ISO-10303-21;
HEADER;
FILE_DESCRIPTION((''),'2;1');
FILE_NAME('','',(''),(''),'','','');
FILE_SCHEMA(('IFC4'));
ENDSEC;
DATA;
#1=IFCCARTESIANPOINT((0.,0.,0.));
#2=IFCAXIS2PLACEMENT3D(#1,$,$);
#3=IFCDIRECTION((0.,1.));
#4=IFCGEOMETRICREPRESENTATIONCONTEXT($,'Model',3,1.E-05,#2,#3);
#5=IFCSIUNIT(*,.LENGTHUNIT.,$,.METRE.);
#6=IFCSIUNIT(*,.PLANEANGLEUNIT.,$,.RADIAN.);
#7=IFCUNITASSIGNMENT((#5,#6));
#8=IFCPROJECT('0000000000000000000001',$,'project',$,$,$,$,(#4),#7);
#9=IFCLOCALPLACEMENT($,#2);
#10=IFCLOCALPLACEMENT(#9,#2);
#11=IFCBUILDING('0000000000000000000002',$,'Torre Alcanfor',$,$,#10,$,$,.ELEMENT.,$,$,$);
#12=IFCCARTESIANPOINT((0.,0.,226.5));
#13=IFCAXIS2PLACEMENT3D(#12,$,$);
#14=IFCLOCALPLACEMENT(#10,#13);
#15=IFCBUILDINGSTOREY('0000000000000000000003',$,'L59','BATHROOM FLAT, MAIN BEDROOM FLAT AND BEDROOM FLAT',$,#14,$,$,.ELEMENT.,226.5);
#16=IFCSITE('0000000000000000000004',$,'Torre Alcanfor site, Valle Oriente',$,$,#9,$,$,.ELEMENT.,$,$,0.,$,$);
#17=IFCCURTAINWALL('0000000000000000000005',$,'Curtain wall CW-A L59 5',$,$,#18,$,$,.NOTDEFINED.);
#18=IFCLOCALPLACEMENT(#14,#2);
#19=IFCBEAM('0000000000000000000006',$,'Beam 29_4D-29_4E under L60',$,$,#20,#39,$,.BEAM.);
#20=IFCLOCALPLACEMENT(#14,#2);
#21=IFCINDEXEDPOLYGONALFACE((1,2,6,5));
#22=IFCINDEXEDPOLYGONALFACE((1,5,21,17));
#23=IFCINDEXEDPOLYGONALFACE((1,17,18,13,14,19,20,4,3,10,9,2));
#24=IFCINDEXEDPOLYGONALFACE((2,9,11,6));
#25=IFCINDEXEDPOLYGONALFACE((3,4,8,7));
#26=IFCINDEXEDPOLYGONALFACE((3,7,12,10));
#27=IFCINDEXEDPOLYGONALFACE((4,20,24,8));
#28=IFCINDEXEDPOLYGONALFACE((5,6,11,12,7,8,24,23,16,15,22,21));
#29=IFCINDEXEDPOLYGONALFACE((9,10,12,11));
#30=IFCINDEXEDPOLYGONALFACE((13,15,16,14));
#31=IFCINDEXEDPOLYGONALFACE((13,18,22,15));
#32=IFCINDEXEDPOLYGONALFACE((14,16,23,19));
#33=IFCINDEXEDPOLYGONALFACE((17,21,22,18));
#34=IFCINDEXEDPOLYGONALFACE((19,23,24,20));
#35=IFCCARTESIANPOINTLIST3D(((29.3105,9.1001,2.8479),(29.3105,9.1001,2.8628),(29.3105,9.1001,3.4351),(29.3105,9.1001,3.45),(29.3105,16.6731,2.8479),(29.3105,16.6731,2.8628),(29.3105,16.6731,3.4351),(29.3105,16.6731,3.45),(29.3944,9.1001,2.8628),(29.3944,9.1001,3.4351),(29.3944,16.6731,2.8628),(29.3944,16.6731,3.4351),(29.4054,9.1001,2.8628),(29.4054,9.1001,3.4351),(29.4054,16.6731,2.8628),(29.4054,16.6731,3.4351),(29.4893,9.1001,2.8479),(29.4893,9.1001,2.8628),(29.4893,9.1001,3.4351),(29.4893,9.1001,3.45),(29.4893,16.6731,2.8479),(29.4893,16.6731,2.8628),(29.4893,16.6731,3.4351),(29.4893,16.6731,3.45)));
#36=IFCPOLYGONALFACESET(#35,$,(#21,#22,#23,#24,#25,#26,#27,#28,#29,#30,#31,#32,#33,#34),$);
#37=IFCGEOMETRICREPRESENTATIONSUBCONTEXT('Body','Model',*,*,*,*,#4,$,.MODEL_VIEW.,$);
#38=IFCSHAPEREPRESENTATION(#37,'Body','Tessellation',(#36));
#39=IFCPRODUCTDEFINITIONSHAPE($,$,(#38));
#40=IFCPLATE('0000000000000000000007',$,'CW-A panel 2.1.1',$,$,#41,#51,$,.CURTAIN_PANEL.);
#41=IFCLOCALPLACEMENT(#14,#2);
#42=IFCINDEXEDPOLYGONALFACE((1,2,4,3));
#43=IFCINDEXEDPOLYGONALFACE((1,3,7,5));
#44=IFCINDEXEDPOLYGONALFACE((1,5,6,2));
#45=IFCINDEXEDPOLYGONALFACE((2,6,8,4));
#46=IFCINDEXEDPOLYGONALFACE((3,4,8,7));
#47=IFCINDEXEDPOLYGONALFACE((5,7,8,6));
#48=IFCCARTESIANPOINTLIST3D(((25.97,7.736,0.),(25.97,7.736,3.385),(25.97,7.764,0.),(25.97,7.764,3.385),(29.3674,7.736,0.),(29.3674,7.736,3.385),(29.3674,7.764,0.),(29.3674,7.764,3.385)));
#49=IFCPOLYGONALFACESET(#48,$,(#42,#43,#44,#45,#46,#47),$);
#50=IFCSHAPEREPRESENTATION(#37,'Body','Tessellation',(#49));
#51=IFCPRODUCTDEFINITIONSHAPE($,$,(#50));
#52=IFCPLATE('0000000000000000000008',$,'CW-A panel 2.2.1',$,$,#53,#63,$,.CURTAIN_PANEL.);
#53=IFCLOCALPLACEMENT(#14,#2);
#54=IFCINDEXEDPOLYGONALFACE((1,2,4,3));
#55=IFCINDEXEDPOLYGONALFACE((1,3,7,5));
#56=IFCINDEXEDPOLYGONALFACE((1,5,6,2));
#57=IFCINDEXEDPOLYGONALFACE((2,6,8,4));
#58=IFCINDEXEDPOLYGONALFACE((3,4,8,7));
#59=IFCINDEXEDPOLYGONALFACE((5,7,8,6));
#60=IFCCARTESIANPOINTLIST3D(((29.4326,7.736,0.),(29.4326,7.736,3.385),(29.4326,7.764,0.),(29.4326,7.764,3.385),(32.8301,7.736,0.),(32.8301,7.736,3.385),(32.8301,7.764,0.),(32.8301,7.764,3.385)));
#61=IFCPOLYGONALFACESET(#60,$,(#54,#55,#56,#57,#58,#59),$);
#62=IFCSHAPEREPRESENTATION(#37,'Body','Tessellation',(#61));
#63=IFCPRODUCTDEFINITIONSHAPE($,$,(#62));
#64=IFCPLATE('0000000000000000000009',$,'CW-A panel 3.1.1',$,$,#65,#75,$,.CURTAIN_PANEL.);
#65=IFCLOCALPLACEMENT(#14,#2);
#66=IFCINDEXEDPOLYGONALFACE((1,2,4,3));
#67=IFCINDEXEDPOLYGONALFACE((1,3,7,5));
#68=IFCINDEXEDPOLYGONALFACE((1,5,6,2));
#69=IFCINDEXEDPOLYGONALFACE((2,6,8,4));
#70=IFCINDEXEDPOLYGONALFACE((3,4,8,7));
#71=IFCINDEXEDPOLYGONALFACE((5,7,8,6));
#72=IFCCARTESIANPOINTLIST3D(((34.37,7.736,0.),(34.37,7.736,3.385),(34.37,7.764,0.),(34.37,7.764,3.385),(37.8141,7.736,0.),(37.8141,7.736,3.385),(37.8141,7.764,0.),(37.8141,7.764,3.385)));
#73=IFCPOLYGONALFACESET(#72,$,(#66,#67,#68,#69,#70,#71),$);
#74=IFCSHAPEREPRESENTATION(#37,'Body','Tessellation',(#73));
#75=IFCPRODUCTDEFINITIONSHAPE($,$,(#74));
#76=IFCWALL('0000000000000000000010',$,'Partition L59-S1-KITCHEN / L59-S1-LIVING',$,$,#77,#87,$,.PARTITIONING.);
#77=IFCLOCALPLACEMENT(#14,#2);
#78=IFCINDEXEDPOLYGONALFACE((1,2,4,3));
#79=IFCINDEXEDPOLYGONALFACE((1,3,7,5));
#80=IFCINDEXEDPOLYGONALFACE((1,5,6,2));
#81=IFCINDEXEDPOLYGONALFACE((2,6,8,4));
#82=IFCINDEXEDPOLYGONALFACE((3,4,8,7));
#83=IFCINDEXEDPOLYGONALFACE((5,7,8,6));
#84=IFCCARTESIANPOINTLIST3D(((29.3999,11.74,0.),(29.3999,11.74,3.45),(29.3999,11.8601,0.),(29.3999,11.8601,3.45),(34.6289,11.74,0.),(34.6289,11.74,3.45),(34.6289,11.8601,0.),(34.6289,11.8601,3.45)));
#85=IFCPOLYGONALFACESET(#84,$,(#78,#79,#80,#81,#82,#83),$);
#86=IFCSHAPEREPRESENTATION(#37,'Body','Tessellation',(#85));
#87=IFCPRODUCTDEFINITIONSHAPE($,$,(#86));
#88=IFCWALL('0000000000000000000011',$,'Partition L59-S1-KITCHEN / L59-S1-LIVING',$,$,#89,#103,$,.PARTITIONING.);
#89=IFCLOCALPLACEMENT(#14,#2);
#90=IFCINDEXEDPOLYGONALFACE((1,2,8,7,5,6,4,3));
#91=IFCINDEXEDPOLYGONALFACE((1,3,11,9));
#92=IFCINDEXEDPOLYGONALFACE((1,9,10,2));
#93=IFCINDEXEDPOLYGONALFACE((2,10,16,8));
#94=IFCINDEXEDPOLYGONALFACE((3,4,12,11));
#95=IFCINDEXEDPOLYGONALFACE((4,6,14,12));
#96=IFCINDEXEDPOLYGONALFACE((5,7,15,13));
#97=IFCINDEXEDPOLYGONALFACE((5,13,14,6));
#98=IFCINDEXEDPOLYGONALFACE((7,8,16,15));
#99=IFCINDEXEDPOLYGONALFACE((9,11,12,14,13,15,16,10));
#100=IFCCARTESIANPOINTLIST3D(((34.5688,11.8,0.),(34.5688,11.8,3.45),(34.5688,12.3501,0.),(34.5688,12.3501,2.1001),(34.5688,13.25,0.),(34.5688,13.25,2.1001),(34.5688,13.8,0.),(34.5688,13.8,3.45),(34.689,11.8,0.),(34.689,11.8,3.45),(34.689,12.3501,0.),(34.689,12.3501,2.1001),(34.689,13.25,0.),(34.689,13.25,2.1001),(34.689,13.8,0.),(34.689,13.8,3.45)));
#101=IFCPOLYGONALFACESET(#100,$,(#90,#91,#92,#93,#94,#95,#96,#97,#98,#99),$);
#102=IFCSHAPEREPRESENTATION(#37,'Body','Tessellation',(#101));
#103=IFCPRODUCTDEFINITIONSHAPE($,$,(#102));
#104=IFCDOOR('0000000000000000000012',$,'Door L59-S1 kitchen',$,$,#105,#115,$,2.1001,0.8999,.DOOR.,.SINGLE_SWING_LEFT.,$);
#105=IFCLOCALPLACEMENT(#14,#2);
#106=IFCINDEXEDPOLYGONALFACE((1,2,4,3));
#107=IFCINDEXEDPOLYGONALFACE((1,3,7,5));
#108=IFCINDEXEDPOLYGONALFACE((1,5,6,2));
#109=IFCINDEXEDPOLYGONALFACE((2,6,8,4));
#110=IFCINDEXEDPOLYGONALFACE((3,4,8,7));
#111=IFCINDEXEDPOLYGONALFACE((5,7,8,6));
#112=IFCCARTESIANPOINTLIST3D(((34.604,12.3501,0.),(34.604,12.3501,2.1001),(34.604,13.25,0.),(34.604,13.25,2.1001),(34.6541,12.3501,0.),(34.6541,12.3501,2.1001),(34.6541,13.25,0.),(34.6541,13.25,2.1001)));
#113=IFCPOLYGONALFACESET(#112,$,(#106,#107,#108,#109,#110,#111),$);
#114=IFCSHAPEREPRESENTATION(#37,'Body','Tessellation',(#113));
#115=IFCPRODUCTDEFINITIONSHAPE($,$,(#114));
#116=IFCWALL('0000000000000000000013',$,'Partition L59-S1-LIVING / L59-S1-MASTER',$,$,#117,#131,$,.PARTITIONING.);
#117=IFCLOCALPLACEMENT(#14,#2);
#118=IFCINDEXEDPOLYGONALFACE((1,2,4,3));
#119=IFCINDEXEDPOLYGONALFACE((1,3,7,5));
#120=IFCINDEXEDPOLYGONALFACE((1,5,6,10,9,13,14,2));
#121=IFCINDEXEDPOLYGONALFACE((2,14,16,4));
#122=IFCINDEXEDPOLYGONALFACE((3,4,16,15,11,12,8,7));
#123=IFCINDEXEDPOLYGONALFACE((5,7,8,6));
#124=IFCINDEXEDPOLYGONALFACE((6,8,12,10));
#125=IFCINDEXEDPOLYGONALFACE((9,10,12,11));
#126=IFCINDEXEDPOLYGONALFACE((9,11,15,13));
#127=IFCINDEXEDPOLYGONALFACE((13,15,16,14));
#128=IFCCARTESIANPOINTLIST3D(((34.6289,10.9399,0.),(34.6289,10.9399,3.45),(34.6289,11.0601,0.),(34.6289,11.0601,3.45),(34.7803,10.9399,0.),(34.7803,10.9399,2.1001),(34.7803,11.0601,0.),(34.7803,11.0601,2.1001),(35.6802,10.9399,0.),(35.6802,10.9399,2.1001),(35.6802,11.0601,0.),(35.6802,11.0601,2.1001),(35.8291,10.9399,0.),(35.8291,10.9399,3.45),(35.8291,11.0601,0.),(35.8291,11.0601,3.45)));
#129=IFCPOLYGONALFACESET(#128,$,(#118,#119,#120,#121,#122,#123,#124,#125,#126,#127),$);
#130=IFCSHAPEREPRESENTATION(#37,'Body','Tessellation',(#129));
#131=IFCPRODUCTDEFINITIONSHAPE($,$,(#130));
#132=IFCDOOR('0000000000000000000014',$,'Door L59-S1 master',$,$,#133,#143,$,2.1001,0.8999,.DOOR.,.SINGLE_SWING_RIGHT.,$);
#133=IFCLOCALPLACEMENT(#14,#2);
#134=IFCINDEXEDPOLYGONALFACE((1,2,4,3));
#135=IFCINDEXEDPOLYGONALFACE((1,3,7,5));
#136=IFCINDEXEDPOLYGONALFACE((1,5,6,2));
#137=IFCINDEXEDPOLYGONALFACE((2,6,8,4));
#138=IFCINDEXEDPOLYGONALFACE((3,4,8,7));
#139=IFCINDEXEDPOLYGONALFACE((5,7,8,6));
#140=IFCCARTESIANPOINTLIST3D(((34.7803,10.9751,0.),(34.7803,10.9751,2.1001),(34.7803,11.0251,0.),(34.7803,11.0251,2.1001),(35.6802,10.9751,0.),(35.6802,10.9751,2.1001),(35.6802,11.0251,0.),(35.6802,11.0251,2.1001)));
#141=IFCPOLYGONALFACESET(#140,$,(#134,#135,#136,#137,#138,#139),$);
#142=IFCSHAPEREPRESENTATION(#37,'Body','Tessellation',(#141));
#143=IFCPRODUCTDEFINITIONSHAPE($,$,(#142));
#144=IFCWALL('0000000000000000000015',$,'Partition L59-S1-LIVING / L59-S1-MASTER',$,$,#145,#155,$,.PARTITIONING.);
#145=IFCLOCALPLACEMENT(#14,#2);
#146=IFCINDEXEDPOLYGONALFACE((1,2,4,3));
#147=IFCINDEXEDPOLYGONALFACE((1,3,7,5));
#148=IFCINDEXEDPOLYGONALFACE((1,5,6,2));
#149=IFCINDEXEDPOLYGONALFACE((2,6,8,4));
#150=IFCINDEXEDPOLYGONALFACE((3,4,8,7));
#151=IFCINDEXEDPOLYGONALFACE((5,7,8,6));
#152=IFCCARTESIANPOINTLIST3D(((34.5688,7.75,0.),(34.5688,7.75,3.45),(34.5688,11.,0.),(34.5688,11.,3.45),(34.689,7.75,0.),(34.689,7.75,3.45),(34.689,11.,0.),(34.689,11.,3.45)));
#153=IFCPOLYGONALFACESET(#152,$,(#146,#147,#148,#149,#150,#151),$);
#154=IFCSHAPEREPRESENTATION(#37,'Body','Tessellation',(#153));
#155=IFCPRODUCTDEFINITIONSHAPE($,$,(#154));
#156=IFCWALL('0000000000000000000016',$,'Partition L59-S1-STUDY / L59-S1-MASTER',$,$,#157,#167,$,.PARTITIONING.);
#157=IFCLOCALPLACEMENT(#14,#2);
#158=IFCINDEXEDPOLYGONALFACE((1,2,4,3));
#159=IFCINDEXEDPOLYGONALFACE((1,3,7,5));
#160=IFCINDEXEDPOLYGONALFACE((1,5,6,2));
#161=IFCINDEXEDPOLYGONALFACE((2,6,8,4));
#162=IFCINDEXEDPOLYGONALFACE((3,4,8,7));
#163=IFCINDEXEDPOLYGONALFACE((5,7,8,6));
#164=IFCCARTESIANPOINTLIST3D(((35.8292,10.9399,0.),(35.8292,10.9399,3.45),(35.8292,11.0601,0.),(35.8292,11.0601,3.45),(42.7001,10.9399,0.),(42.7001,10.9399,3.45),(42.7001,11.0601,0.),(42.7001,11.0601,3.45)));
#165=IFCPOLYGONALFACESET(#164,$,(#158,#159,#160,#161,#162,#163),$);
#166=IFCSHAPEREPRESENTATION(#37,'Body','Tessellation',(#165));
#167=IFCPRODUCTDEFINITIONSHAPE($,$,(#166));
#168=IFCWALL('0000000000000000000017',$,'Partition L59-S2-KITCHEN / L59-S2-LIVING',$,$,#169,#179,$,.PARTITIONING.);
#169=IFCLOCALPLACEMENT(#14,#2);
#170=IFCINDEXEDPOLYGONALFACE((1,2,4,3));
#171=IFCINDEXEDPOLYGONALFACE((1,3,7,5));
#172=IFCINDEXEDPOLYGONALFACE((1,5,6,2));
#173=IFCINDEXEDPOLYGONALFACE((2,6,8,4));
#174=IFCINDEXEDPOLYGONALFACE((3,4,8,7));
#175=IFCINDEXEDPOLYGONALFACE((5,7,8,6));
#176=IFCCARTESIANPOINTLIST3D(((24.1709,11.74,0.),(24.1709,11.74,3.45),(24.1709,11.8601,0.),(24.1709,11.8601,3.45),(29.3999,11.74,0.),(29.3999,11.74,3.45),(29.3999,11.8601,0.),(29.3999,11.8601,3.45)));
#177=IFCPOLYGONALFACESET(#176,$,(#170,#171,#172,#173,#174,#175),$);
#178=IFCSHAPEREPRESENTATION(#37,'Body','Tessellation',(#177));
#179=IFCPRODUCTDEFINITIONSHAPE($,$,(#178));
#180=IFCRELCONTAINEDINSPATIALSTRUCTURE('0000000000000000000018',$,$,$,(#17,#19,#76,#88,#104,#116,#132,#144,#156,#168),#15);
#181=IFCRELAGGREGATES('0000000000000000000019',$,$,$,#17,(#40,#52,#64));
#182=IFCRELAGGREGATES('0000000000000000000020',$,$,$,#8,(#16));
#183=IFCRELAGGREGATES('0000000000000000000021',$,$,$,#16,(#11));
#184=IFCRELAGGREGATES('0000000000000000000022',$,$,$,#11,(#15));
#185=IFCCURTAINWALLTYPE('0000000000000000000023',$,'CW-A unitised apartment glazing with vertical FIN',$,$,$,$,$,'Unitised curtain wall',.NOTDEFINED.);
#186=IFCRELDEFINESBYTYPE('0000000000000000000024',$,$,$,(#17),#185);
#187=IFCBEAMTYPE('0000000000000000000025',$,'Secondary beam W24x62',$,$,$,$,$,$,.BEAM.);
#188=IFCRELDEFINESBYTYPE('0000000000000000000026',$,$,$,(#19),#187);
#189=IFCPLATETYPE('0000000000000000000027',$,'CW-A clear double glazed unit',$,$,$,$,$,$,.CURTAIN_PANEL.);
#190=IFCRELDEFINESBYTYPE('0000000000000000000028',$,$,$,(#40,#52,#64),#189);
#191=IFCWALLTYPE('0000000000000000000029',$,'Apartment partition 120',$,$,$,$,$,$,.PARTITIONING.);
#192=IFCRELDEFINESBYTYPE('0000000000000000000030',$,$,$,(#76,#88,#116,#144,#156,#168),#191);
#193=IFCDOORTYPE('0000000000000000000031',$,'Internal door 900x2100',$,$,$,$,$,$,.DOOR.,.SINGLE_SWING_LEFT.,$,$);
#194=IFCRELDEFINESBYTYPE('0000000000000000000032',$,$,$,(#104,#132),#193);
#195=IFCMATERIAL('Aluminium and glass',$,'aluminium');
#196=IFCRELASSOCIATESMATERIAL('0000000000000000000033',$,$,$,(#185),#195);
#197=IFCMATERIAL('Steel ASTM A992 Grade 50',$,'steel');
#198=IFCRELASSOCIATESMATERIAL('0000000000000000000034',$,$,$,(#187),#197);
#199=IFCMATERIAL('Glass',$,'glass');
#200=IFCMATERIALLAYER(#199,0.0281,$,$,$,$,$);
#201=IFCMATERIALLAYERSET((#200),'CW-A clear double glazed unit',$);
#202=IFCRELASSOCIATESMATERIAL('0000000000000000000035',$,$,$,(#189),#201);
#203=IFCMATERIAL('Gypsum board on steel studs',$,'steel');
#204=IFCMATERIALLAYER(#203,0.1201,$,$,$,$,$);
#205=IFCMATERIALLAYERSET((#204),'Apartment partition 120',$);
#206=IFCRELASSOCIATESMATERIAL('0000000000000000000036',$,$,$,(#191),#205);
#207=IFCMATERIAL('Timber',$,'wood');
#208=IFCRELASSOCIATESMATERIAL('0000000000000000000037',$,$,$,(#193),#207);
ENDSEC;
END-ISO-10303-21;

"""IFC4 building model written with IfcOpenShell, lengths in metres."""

from ifc_helpers import new_model, si_unit, direction, frame, frame_2d, origin, origin_2d, place, context, subcontext, project, spatial, rectangle, i_section, extrude, material, layer, layer_set, material_profile, profile_set, type_object, element, fill, aggregate, save


model = new_model("IFC4")

# Units and contexts
model_context = context("Model", 3, precision=1e-05, world=origin(), true_north=direction((0.0, 1.0)))
body_context = subcontext(model_context, "Body", "Model", "MODEL_VIEW")
ifc_project = project(units=[si_unit("LENGTHUNIT", "METRE"), si_unit("PLANEANGLEUNIT", "RADIAN")], contexts=[model_context])

# Site, building, storey
site_placement = place(None, origin())
site = spatial("IfcSite", under=ifc_project, at=site_placement, Name="Torre Alcanfor site, Valle Oriente", CompositionType="ELEMENT", RefElevation=0.0)
building_placement = place(site_placement, origin())
building = spatial("IfcBuilding", under=site, at=building_placement, Name="Torre Alcanfor", CompositionType="ELEMENT")
storey_placement = place(building_placement, frame((0.0, 0.0, 226.5)))
storey = spatial("IfcBuildingStorey", under=building, at=storey_placement, Name="L59", Description="BATHROOM FLAT, MAIN BEDROOM FLAT AND BEDROOM FLAT", CompositionType="ELEMENT", Elevation=226.5)

# Curtain wall
ifc_material_1 = material(Name="Aluminium and glass", Category="aluminium")
curtain_wall_type = type_object("IfcCurtainWallType", Name="CW-A unitised apartment glazing with vertical FIN", ElementType="Unitised curtain wall", PredefinedType="NOTDEFINED", material=ifc_material_1)
curtain_wall_placement = place(storey_placement, origin())
curtain_wall = element("IfcCurtainWall", 1, at=curtain_wall_placement, inside=storey, type_object=curtain_wall_type, Name="Curtain wall CW-A L59 5", PredefinedType="NOTDEFINED")

# Beam
ifc_material_2 = material(Name="Steel ASTM A992 Grade 50", Category="steel")
ifc_material_profile_1 = material_profile(ifc_material_2, i_section(OverallWidth=0.1787, OverallDepth=0.6021, WebThickness=0.011, FlangeThickness=0.0149, at=origin_2d()), Name="W24x62")
ifc_profile_set_1 = profile_set([ifc_material_profile_1], Name="Steel ASTM A992 Grade 50")
beam_type_1 = type_object("IfcBeamType", Name="Secondary beam W24x62", PredefinedType="BEAM", material=ifc_profile_set_1)
beam_1_placement = place(storey_placement, frame((29.3999, 9.1001, 3.1489), z_axis=(0.0, 1.0, 0.0), x_axis=(-1.0, 0.0, 0.0)))
element("IfcBeam", 2, at=beam_1_placement, inside=storey, type_object=beam_type_1, Name="Beam 29_4D-29_4E under L60", PredefinedType="BEAM", context=body_context, shape_type="SweptSolid", body=[
    extrude(i_section(OverallWidth=0.1787, OverallDepth=0.6021, WebThickness=0.011, FlangeThickness=0.0149, at=origin_2d()), origin(), (0.0, 0.0, 1.0), 7.573),
])

# Plates
ifc_material_3 = material(Name="Glass", Category="glass")
ifc_layer_1 = layer(ifc_material_3, 0.0281)
ifc_layer_set_1 = layer_set([ifc_layer_1], Name="CW-A clear double glazed unit")
plate_type = type_object("IfcPlateType", Name="CW-A clear double glazed unit", PredefinedType="CURTAIN_PANEL", material=ifc_layer_set_1)
plate_1_placement = place(storey_placement, frame((27.6687, 7.75, 0.0), z_axis=(0.0, 0.0, 1.0), x_axis=(1.0, 0.0, 0.0)))
plate_1 = element("IfcPlate", 3, at=plate_1_placement, type_object=plate_type, Name="CW-A panel 2.1.1", PredefinedType="CURTAIN_PANEL", context=body_context, shape_type="SweptSolid", body=[
    extrude(rectangle(XDim=3.3975, YDim=0.0281, at=origin_2d()), origin(), (0.0, 0.0, 1.0), 3.385),
])
plate_2_placement = place(storey_placement, frame((31.1313, 7.75, 0.0), z_axis=(0.0, 0.0, 1.0), x_axis=(1.0, 0.0, 0.0)))
plate_2 = element("IfcPlate", 4, at=plate_2_placement, type_object=plate_type, Name="CW-A panel 2.2.1", PredefinedType="CURTAIN_PANEL", context=body_context, shape_type="SweptSolid", body=[
    extrude(rectangle(XDim=3.3975, YDim=0.0281, at=origin_2d()), origin(), (0.0, 0.0, 1.0), 3.385),
])
plate_3_placement = place(storey_placement, frame((36.092, 7.75, 0.0), z_axis=(0.0, 0.0, 1.0), x_axis=(1.0, 0.0, 0.0)))
plate_3 = element("IfcPlate", 5, at=plate_3_placement, type_object=plate_type, Name="CW-A panel 3.1.1", PredefinedType="CURTAIN_PANEL", context=body_context, shape_type="SweptSolid", body=[
    extrude(rectangle(XDim=3.4441, YDim=0.0281, at=origin_2d()), origin(), (0.0, 0.0, 1.0), 3.385),
])
aggregate(curtain_wall, [plate_1, plate_2, plate_3])

# Wall
ifc_material_4 = material(Name="Gypsum board on steel studs", Category="steel")
ifc_layer_2 = layer(ifc_material_4, 0.1201)
ifc_layer_set_2 = layer_set([ifc_layer_2], Name="Apartment partition 120")
wall_type_1 = type_object("IfcWallType", Name="Apartment partition 120", PredefinedType="PARTITIONING", material=ifc_layer_set_2)
wall_1_placement = place(storey_placement, frame((29.3999, 11.8, 0.0), z_axis=(0.0, 0.0, 1.0), x_axis=(1.0, 0.0, 0.0)))
element("IfcWall", 6, at=wall_1_placement, inside=storey, type_object=wall_type_1, Name="Partition L59-S1-KITCHEN / L59-S1-LIVING", PredefinedType="PARTITIONING", context=body_context, shape_type="SweptSolid", body=[
    extrude(rectangle(XDim=5.229, YDim=0.1201, at=frame_2d((2.6145, 0.0))), origin(), (0.0, 0.0, 1.0), 3.45),
])

# Walls, openings, doors
wall_2_placement = place(storey_placement, frame((34.6289, 11.8, 0.0), z_axis=(0.0, 0.0, 1.0), x_axis=(0.0, 1.0, 0.0)))
wall_2 = element("IfcWall", 7, at=wall_2_placement, inside=storey, type_object=wall_type_1, Name="Partition L59-S1-KITCHEN / L59-S1-LIVING", PredefinedType="PARTITIONING", context=body_context, shape_type="SweptSolid", body=[
    extrude(rectangle(XDim=2.0, YDim=0.1201, at=frame_2d((1.0, 0.0))), origin(), (0.0, 0.0, 1.0), 3.45),
])
opening_1_placement = place(wall_2_placement, frame((0.55, 0.0, 0.0)))
opening_1 = element("IfcOpeningElement", 8, at=opening_1_placement, cuts=wall_2, PredefinedType="OPENING", context=body_context, shape_type="SweptSolid", body=[
    extrude(rectangle(XDim=0.8999, YDim=2.1001, at=frame_2d((0.45, 1.05))), frame((0.0, 0.0701, 0.0), z_axis=(0.0, -1.0, 0.0), x_axis=(1.0, 0.0, 0.0)), (0.0, 0.0, 1.0), 0.1401),
])
ifc_material_5 = material(Name="Timber", Category="wood")
door_type = type_object("IfcDoorType", Name="Internal door 900x2100", OperationType="SINGLE_SWING_LEFT", PredefinedType="DOOR", material=ifc_material_5)
door_1_placement = place(opening_1_placement, origin())
door_1 = element("IfcDoor", 9, at=door_1_placement, inside=storey, type_object=door_type, Name="Door L59-S1 kitchen", OperationType="SINGLE_SWING_LEFT", OverallHeight=2.1001, OverallWidth=0.8999, PredefinedType="DOOR", context=body_context, shape_type="SweptSolid", body=[
    extrude(rectangle(XDim=0.8999, YDim=2.1001, at=frame_2d((0.45, 1.05))), frame((0.0, 0.0249, 0.0), z_axis=(0.0, -1.0, 0.0), x_axis=(1.0, 0.0, 0.0)), (0.0, 0.0, 1.0), 0.05),
])
fill(opening_1, door_1)
wall_3_placement = place(storey_placement, frame((35.8291, 11.0, 0.0), z_axis=(0.0, 0.0, 1.0), x_axis=(-1.0, 0.0, 0.0)))
wall_3 = element("IfcWall", 10, at=wall_3_placement, inside=storey, type_object=wall_type_1, Name="Partition L59-S1-LIVING / L59-S1-MASTER", PredefinedType="PARTITIONING", context=body_context, shape_type="SweptSolid", body=[
    extrude(rectangle(XDim=1.2002, YDim=0.1201, at=frame_2d((0.6001, 0.0))), origin(), (0.0, 0.0, 1.0), 3.45),
])
opening_2_placement = place(wall_3_placement, frame((0.1489, 0.0, 0.0)))
opening_2 = element("IfcOpeningElement", 11, at=opening_2_placement, cuts=wall_3, PredefinedType="OPENING", context=body_context, shape_type="SweptSolid", body=[
    extrude(rectangle(XDim=0.8999, YDim=2.1001, at=frame_2d((0.45, 1.05))), frame((0.0, 0.0701, 0.0), z_axis=(0.0, -1.0, 0.0), x_axis=(1.0, 0.0, 0.0)), (0.0, 0.0, 1.0), 0.1401),
])
door_2_placement = place(opening_2_placement, origin())
door_2 = element("IfcDoor", 12, at=door_2_placement, inside=storey, type_object=door_type, Name="Door L59-S1 master", OperationType="SINGLE_SWING_RIGHT", OverallHeight=2.1001, OverallWidth=0.8999, PredefinedType="DOOR", context=body_context, shape_type="SweptSolid", body=[
    extrude(rectangle(XDim=0.8999, YDim=2.1001, at=frame_2d((0.45, 1.05))), frame((0.0, 0.0249, 0.0), z_axis=(0.0, -1.0, 0.0), x_axis=(1.0, 0.0, 0.0)), (0.0, 0.0, 1.0), 0.05),
])
fill(opening_2, door_2)

# Walls
wall_4_placement = place(storey_placement, frame((34.6289, 11.0, 0.0), z_axis=(0.0, 0.0, 1.0), x_axis=(0.0, -1.0, 0.0)))
element("IfcWall", 13, at=wall_4_placement, inside=storey, type_object=wall_type_1, Name="Partition L59-S1-LIVING / L59-S1-MASTER", PredefinedType="PARTITIONING", context=body_context, shape_type="SweptSolid", body=[
    extrude(rectangle(XDim=3.25, YDim=0.1201, at=frame_2d((1.625, 0.0))), origin(), (0.0, 0.0, 1.0), 3.45),
])
wall_5_placement = place(storey_placement, frame((35.8291, 11.0, 0.0), z_axis=(0.0, 0.0, 1.0), x_axis=(1.0, 0.0, 0.0)))
element("IfcWall", 14, at=wall_5_placement, inside=storey, type_object=wall_type_1, Name="Partition L59-S1-STUDY / L59-S1-MASTER", PredefinedType="PARTITIONING", context=body_context, shape_type="SweptSolid", body=[
    extrude(rectangle(XDim=6.8708, YDim=0.1201, at=frame_2d((3.4355, 0.0))), origin(), (0.0, 0.0, 1.0), 3.45),
])
wall_6_placement = place(storey_placement, frame((29.3999, 11.8, 0.0), z_axis=(0.0, 0.0, 1.0), x_axis=(-1.0, 0.0, 0.0)))
element("IfcWall", 15, at=wall_6_placement, inside=storey, type_object=wall_type_1, Name="Partition L59-S2-KITCHEN / L59-S2-LIVING", PredefinedType="PARTITIONING", context=body_context, shape_type="SweptSolid", body=[
    extrude(rectangle(XDim=5.229, YDim=0.1201, at=frame_2d((2.6145, 0.0))), origin(), (0.0, 0.0, 1.0), 3.45),
])

save(model, "model.ifc")
